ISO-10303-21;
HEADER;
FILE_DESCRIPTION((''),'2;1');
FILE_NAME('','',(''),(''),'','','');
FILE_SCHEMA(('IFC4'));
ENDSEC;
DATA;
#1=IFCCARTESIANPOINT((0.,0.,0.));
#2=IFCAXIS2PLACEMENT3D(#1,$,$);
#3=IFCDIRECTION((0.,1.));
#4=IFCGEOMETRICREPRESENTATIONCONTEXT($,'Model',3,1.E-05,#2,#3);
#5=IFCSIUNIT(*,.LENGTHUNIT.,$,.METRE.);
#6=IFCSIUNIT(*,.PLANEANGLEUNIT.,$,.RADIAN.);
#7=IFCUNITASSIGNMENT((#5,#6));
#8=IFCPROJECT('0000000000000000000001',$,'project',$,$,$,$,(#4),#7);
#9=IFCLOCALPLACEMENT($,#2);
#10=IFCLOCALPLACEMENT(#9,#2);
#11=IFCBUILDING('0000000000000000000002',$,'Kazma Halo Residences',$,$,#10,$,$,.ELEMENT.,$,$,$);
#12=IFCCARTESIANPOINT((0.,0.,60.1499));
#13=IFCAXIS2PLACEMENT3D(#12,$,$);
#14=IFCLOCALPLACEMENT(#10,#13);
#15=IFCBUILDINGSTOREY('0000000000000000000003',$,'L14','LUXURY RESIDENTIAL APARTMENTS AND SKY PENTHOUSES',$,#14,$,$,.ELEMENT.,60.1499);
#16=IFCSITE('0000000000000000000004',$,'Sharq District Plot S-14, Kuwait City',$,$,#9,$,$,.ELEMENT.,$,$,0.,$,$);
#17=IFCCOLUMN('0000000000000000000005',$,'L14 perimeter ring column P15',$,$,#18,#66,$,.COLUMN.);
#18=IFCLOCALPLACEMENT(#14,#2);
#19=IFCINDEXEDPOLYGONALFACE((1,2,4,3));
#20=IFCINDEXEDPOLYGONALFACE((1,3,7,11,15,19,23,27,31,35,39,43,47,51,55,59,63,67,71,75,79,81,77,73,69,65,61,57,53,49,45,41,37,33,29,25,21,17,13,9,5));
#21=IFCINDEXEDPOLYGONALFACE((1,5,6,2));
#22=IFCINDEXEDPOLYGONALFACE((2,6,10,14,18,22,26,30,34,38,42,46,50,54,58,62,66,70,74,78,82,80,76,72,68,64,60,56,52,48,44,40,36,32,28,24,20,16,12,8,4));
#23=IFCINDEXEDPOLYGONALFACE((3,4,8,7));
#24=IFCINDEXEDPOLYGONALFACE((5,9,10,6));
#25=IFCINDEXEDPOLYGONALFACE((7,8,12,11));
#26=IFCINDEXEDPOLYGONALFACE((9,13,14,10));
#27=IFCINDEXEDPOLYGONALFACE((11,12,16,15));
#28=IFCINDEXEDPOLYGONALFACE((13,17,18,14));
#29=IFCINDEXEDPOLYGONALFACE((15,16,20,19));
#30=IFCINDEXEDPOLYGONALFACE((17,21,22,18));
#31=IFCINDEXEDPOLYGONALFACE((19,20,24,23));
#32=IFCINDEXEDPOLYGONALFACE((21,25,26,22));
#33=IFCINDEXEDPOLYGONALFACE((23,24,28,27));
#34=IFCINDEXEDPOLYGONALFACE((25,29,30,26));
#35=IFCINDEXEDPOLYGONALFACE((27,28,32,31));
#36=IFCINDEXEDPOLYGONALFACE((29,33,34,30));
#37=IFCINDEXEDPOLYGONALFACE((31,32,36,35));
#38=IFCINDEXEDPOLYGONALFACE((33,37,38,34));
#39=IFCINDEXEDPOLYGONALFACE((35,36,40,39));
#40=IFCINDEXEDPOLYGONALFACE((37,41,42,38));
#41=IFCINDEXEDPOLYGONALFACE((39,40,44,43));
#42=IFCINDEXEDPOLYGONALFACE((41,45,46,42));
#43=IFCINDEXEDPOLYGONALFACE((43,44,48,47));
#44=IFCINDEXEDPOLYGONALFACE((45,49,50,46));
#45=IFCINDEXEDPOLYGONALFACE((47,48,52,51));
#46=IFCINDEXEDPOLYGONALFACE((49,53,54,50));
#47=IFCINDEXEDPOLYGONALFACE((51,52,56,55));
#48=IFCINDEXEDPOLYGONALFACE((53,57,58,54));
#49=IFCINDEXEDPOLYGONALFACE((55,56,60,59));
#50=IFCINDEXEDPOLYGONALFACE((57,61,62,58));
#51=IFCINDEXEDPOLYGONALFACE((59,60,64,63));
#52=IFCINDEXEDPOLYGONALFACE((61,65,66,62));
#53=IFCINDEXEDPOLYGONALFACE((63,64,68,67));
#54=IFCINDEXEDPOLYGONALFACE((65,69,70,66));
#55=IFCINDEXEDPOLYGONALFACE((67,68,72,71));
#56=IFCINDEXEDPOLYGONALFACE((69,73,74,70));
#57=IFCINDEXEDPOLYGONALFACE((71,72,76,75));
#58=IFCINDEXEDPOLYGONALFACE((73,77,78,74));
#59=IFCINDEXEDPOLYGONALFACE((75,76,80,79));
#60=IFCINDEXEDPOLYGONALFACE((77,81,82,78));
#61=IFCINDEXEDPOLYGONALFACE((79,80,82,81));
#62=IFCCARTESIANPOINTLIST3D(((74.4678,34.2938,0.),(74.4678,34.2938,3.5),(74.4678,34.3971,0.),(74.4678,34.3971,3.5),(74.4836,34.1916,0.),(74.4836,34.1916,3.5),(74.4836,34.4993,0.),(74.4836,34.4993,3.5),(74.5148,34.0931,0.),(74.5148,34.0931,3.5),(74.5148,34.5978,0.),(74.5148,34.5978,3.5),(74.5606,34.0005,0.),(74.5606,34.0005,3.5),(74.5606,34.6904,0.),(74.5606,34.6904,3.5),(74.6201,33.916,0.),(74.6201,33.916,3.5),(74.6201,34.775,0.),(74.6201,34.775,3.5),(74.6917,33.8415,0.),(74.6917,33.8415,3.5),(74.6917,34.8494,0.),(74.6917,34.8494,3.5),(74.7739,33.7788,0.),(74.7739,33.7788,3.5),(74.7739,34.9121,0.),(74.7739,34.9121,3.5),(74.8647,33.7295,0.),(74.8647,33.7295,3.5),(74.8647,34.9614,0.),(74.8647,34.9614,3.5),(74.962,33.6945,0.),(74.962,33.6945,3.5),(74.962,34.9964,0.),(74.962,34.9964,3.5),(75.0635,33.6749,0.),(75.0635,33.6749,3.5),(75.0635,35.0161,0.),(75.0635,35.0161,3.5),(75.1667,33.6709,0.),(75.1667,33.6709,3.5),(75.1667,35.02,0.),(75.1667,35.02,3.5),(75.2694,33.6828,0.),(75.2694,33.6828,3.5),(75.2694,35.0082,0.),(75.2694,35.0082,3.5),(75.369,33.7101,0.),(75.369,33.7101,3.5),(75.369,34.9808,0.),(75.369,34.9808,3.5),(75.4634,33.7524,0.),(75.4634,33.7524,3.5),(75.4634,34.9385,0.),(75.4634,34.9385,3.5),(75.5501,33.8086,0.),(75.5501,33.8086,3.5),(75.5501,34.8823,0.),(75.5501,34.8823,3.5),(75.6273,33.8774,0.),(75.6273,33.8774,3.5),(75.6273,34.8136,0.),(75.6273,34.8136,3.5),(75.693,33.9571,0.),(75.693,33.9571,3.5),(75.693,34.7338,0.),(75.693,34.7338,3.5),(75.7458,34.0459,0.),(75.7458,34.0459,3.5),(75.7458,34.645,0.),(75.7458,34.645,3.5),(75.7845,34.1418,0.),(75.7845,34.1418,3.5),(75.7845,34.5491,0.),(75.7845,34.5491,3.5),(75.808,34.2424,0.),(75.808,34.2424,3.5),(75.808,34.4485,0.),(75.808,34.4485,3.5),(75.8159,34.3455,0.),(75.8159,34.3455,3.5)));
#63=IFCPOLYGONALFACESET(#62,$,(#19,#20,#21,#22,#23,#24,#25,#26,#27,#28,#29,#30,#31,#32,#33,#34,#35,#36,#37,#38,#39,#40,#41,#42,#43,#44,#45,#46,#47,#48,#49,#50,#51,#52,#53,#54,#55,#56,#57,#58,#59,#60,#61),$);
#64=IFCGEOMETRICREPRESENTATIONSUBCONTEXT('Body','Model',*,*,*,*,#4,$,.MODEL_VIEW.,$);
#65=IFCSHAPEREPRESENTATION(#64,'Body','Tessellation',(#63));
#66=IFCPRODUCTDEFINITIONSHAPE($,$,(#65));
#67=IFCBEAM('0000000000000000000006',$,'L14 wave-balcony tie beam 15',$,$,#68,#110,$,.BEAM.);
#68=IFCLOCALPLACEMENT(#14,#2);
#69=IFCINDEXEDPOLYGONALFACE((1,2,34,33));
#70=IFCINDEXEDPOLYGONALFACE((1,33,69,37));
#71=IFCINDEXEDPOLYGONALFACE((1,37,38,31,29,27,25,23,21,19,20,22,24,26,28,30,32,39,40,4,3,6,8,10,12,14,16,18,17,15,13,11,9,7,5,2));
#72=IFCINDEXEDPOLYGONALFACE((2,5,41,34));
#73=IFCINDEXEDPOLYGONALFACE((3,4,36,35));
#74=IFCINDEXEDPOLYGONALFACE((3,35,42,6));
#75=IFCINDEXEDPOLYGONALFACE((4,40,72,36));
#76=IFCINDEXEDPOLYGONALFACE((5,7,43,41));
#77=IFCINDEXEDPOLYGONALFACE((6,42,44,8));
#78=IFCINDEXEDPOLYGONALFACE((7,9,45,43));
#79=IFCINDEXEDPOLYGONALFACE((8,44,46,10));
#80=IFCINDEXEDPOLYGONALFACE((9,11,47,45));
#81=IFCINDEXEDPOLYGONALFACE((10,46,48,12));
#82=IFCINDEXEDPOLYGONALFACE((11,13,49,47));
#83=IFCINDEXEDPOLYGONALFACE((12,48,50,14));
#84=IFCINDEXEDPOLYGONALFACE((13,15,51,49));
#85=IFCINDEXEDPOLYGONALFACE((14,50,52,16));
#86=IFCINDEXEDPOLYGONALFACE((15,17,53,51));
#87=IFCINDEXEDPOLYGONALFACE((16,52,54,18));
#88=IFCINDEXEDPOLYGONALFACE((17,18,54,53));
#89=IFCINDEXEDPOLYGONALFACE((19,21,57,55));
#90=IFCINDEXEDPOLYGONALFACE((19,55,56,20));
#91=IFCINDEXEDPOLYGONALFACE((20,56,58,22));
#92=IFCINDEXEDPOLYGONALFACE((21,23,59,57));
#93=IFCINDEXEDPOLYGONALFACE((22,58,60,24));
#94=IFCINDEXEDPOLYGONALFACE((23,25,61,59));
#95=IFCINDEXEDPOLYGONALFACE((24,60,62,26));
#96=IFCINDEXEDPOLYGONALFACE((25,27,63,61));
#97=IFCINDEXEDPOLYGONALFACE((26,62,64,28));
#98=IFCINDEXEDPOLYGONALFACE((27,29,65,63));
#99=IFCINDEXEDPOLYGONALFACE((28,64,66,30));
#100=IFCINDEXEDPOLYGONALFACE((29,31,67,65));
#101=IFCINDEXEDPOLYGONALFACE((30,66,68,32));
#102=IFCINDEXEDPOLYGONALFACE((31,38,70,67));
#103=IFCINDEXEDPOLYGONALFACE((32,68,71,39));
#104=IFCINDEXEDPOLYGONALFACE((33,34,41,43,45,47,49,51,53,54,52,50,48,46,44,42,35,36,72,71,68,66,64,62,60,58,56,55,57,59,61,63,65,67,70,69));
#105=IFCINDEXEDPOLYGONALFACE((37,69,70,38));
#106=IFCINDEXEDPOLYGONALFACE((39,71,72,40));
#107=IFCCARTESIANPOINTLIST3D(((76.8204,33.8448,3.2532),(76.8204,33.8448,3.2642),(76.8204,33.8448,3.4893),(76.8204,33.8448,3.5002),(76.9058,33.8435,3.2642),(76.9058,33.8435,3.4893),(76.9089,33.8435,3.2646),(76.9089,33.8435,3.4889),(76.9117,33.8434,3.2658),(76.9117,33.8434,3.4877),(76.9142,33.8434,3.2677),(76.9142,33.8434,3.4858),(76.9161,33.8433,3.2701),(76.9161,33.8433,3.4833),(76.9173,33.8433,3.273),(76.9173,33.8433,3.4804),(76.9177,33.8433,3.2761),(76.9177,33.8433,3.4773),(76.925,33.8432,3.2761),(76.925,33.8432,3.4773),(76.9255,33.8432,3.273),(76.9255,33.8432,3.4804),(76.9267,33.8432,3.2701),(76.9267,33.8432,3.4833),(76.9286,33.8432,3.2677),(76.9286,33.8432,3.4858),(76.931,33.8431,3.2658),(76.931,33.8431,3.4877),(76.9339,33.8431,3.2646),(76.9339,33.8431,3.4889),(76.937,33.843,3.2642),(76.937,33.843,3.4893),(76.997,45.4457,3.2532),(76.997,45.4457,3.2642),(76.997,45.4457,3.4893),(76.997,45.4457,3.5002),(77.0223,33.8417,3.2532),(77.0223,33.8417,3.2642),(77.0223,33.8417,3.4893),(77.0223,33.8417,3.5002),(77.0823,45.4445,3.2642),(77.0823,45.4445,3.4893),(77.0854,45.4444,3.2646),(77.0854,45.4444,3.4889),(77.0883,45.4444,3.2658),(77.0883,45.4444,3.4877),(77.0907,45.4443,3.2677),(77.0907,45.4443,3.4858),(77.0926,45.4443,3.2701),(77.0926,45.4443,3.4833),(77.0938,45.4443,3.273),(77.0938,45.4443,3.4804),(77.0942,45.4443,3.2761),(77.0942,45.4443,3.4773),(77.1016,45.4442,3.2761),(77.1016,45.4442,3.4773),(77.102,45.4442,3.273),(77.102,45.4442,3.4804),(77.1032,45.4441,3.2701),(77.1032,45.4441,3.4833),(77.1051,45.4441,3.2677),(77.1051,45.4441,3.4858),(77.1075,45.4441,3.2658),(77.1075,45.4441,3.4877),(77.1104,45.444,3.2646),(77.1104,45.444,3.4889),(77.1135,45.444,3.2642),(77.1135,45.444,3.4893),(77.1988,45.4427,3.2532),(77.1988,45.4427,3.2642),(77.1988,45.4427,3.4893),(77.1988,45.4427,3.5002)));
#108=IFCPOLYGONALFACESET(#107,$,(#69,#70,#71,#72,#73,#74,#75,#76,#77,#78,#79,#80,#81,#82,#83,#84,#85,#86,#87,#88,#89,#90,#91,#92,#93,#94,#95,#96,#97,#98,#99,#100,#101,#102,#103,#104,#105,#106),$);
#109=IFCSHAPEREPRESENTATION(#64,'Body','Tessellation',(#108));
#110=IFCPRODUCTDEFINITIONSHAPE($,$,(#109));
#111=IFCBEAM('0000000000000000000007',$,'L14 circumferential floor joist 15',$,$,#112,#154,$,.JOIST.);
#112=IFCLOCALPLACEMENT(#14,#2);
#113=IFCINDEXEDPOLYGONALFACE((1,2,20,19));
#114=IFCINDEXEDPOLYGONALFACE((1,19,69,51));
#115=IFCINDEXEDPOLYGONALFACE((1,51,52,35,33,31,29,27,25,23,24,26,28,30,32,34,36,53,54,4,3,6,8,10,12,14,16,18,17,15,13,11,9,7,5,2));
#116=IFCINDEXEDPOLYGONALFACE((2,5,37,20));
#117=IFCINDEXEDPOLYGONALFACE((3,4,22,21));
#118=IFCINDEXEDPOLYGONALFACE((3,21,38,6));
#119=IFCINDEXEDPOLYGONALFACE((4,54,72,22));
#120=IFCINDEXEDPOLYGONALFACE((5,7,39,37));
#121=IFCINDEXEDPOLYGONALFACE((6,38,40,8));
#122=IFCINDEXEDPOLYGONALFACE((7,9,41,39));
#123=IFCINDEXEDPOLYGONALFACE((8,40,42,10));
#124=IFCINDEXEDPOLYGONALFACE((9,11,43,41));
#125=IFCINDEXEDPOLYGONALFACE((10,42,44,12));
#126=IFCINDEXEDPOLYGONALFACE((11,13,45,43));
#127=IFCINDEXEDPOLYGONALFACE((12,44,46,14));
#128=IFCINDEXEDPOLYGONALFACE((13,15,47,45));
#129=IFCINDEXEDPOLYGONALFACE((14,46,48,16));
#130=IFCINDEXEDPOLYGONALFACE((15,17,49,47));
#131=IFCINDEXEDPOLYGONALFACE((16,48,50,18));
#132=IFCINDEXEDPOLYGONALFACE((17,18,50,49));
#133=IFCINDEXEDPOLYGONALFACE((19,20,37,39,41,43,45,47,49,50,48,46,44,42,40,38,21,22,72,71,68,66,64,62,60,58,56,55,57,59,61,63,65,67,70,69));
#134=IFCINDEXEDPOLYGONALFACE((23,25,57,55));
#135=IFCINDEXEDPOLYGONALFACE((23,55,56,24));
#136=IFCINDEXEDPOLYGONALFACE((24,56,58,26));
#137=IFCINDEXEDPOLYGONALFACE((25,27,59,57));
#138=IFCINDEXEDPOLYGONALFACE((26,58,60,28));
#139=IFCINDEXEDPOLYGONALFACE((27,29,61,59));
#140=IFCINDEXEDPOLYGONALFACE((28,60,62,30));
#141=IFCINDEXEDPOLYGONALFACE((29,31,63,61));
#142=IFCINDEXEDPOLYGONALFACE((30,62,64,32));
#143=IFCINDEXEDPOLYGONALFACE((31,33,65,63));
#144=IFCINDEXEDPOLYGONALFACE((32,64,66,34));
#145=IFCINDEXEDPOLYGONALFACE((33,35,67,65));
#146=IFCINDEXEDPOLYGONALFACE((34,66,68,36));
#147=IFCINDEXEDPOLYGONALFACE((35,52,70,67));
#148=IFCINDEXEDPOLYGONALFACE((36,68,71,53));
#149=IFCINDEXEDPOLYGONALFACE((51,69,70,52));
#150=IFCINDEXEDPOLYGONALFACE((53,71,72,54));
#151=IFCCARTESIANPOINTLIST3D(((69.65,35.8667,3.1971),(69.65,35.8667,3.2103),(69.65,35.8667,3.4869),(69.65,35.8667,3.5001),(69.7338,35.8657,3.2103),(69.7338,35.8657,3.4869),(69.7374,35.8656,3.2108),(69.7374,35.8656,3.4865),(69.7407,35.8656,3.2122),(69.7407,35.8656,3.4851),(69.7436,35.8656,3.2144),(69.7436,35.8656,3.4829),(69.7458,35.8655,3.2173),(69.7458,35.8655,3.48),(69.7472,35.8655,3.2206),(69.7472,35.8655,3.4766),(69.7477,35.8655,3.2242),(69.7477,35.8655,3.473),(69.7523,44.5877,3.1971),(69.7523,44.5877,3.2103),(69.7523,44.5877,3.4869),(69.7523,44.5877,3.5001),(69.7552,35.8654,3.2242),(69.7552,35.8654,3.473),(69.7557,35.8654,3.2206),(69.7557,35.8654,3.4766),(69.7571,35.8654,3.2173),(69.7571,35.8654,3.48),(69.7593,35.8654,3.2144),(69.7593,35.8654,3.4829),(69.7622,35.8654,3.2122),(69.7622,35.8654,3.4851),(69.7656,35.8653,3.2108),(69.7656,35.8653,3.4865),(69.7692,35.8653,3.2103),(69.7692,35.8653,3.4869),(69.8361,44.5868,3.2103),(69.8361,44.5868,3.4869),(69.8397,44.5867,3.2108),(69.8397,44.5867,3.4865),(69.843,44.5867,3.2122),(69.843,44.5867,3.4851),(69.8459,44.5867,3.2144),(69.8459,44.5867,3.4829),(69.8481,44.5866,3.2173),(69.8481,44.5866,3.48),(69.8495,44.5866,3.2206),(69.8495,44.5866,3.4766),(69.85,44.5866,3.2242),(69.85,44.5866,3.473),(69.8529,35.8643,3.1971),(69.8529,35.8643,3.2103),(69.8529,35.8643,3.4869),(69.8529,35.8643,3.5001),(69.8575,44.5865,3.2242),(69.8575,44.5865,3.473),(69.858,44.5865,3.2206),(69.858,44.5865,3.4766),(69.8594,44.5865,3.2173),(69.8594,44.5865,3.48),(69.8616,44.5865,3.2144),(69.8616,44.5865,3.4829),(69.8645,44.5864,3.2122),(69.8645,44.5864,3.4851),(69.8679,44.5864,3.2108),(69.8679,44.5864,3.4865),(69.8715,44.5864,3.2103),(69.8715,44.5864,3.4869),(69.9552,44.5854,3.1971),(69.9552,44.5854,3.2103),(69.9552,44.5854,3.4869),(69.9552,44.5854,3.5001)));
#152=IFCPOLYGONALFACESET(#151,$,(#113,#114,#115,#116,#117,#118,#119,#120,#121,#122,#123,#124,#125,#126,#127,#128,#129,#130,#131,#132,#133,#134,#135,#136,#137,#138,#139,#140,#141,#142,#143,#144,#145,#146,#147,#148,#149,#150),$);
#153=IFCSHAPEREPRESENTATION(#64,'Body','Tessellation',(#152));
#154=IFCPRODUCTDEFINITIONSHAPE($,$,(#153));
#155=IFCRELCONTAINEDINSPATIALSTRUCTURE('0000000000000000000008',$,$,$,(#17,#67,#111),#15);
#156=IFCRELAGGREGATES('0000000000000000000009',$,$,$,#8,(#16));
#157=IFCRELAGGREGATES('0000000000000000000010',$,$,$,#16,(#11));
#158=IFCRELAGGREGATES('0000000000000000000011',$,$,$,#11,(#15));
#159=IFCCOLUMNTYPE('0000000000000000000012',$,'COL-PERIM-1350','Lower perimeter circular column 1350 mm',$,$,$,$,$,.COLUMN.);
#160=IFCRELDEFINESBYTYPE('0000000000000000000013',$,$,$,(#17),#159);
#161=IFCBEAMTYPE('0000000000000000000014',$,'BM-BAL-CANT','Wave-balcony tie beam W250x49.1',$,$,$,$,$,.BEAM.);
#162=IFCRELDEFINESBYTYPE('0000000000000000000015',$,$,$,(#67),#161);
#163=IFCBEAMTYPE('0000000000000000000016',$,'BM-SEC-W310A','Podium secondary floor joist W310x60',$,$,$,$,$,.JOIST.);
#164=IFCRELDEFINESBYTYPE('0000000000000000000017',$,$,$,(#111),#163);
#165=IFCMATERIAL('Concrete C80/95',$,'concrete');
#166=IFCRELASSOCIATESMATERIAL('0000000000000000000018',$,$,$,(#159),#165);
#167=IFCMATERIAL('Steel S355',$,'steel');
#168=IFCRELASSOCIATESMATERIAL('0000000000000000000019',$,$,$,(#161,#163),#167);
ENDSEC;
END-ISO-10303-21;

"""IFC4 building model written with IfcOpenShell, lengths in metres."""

from ifc_helpers import new_model, si_unit, direction, frame, origin, origin_2d, place, context, subcontext, project, spatial, circle, i_section, extrude, material, material_profile, profile_set, type_object, element, save


model = new_model("IFC4")

# Units and contexts
model_context = context("Model", 3, precision=1e-05, world=origin(), true_north=direction((0.0, 1.0)))
body_context = subcontext(model_context, "Body", "Model", "MODEL_VIEW")
ifc_project = project(units=[si_unit("LENGTHUNIT", "METRE"), si_unit("PLANEANGLEUNIT", "RADIAN")], contexts=[model_context])

# Site, building, storey
site_placement = place(None, origin())
site = spatial("IfcSite", under=ifc_project, at=site_placement, Name="Sharq District Plot S-14, Kuwait City", CompositionType="ELEMENT", RefElevation=0.0)
building_placement = place(site_placement, origin())
building = spatial("IfcBuilding", under=site, at=building_placement, Name="Kazma Halo Residences", CompositionType="ELEMENT")
storey_placement = place(building_placement, frame((0.0, 0.0, 60.1499)))
storey = spatial("IfcBuildingStorey", under=building, at=storey_placement, Name="L14", Description="LUXURY RESIDENTIAL APARTMENTS AND SKY PENTHOUSES", CompositionType="ELEMENT", Elevation=60.1499)

# Column
ifc_material_1 = material(Name="Concrete C80/95", Category="concrete")
ifc_material_profile_1 = material_profile(ifc_material_1, circle(Radius=0.675, at=origin_2d()), Name="CIRC1350")
ifc_profile_set_1 = profile_set([ifc_material_profile_1], Name="Concrete C80/95")
column_type = type_object("IfcColumnType", Name="COL-PERIM-1350", Description="Lower perimeter circular column 1350 mm", PredefinedType="COLUMN", material=ifc_profile_set_1)
column_placement = place(storey_placement, frame((75.1409, 34.3455, 0.0), z_axis=(0.0, 0.0, 1.0), x_axis=(1.0, 0.0, 0.0)))
element("IfcColumn", 1, at=column_placement, inside=storey, type_object=column_type, Name="L14 perimeter ring column P15", PredefinedType="COLUMN", context=body_context, shape_type="SweptSolid", body=[
    extrude(circle(Radius=0.675, at=origin_2d()), origin(), (0.0, 0.0, 1.0), 3.5),
])

# Beams
ifc_material_2 = material(Name="Steel S355", Category="steel")
ifc_material_profile_2 = material_profile(ifc_material_2, i_section(OverallWidth=0.2019, OverallDepth=0.2471, WebThickness=0.0073, FlangeThickness=0.011, FilletRadius=0.012, at=origin_2d()), Name="W250x49.1")
ifc_profile_set_2 = profile_set([ifc_material_profile_2], Name="Steel S355")
beam_type_1 = type_object("IfcBeamType", Name="BM-BAL-CANT", Description="Wave-balcony tie beam W250x49.1", PredefinedType="BEAM", material=ifc_profile_set_2)
beam_1_placement = place(storey_placement, frame((76.9214, 33.8433, 3.3767), z_axis=(0.015214, 0.999884, 0.0), x_axis=(-0.999884, 0.015214, 0.0)))
element("IfcBeam", 2, at=beam_1_placement, inside=storey, type_object=beam_type_1, Name="L14 wave-balcony tie beam 15", PredefinedType="BEAM", context=body_context, shape_type="SweptSolid", body=[
    extrude(i_section(OverallWidth=0.2019, OverallDepth=0.2471, WebThickness=0.0073, FlangeThickness=0.011, FilletRadius=0.012, at=origin_2d()), origin(), (0.0, 0.0, 1.0), 11.6023),
])
ifc_material_profile_3 = material_profile(ifc_material_2, i_section(OverallWidth=0.2029, OverallDepth=0.303, WebThickness=0.0076, FlangeThickness=0.0132, FilletRadius=0.0139, at=origin_2d()), Name="W310x60")
ifc_profile_set_3 = profile_set([ifc_material_profile_3], Name="Steel S355")
beam_type_2 = type_object("IfcBeamType", Name="BM-SEC-W310A", Description="Podium secondary floor joist W310x60", PredefinedType="JOIST", material=ifc_profile_set_3)
beam_2_placement = place(storey_placement, frame((69.7515, 35.8655, 3.3486), z_axis=(0.011729, 0.999931, 0.0), x_axis=(-0.999931, 0.011729, 0.0)))
element("IfcBeam", 3, at=beam_2_placement, inside=storey, type_object=beam_type_2, Name="L14 circumferential floor joist 15", PredefinedType="JOIST", context=body_context, shape_type="SweptSolid", body=[
    extrude(i_section(OverallWidth=0.2029, OverallDepth=0.303, WebThickness=0.0076, FlangeThickness=0.0132, FilletRadius=0.0139, at=origin_2d()), origin(), (0.0, 0.0, 1.0), 8.7217),
])

save(model, "model.ifc")
